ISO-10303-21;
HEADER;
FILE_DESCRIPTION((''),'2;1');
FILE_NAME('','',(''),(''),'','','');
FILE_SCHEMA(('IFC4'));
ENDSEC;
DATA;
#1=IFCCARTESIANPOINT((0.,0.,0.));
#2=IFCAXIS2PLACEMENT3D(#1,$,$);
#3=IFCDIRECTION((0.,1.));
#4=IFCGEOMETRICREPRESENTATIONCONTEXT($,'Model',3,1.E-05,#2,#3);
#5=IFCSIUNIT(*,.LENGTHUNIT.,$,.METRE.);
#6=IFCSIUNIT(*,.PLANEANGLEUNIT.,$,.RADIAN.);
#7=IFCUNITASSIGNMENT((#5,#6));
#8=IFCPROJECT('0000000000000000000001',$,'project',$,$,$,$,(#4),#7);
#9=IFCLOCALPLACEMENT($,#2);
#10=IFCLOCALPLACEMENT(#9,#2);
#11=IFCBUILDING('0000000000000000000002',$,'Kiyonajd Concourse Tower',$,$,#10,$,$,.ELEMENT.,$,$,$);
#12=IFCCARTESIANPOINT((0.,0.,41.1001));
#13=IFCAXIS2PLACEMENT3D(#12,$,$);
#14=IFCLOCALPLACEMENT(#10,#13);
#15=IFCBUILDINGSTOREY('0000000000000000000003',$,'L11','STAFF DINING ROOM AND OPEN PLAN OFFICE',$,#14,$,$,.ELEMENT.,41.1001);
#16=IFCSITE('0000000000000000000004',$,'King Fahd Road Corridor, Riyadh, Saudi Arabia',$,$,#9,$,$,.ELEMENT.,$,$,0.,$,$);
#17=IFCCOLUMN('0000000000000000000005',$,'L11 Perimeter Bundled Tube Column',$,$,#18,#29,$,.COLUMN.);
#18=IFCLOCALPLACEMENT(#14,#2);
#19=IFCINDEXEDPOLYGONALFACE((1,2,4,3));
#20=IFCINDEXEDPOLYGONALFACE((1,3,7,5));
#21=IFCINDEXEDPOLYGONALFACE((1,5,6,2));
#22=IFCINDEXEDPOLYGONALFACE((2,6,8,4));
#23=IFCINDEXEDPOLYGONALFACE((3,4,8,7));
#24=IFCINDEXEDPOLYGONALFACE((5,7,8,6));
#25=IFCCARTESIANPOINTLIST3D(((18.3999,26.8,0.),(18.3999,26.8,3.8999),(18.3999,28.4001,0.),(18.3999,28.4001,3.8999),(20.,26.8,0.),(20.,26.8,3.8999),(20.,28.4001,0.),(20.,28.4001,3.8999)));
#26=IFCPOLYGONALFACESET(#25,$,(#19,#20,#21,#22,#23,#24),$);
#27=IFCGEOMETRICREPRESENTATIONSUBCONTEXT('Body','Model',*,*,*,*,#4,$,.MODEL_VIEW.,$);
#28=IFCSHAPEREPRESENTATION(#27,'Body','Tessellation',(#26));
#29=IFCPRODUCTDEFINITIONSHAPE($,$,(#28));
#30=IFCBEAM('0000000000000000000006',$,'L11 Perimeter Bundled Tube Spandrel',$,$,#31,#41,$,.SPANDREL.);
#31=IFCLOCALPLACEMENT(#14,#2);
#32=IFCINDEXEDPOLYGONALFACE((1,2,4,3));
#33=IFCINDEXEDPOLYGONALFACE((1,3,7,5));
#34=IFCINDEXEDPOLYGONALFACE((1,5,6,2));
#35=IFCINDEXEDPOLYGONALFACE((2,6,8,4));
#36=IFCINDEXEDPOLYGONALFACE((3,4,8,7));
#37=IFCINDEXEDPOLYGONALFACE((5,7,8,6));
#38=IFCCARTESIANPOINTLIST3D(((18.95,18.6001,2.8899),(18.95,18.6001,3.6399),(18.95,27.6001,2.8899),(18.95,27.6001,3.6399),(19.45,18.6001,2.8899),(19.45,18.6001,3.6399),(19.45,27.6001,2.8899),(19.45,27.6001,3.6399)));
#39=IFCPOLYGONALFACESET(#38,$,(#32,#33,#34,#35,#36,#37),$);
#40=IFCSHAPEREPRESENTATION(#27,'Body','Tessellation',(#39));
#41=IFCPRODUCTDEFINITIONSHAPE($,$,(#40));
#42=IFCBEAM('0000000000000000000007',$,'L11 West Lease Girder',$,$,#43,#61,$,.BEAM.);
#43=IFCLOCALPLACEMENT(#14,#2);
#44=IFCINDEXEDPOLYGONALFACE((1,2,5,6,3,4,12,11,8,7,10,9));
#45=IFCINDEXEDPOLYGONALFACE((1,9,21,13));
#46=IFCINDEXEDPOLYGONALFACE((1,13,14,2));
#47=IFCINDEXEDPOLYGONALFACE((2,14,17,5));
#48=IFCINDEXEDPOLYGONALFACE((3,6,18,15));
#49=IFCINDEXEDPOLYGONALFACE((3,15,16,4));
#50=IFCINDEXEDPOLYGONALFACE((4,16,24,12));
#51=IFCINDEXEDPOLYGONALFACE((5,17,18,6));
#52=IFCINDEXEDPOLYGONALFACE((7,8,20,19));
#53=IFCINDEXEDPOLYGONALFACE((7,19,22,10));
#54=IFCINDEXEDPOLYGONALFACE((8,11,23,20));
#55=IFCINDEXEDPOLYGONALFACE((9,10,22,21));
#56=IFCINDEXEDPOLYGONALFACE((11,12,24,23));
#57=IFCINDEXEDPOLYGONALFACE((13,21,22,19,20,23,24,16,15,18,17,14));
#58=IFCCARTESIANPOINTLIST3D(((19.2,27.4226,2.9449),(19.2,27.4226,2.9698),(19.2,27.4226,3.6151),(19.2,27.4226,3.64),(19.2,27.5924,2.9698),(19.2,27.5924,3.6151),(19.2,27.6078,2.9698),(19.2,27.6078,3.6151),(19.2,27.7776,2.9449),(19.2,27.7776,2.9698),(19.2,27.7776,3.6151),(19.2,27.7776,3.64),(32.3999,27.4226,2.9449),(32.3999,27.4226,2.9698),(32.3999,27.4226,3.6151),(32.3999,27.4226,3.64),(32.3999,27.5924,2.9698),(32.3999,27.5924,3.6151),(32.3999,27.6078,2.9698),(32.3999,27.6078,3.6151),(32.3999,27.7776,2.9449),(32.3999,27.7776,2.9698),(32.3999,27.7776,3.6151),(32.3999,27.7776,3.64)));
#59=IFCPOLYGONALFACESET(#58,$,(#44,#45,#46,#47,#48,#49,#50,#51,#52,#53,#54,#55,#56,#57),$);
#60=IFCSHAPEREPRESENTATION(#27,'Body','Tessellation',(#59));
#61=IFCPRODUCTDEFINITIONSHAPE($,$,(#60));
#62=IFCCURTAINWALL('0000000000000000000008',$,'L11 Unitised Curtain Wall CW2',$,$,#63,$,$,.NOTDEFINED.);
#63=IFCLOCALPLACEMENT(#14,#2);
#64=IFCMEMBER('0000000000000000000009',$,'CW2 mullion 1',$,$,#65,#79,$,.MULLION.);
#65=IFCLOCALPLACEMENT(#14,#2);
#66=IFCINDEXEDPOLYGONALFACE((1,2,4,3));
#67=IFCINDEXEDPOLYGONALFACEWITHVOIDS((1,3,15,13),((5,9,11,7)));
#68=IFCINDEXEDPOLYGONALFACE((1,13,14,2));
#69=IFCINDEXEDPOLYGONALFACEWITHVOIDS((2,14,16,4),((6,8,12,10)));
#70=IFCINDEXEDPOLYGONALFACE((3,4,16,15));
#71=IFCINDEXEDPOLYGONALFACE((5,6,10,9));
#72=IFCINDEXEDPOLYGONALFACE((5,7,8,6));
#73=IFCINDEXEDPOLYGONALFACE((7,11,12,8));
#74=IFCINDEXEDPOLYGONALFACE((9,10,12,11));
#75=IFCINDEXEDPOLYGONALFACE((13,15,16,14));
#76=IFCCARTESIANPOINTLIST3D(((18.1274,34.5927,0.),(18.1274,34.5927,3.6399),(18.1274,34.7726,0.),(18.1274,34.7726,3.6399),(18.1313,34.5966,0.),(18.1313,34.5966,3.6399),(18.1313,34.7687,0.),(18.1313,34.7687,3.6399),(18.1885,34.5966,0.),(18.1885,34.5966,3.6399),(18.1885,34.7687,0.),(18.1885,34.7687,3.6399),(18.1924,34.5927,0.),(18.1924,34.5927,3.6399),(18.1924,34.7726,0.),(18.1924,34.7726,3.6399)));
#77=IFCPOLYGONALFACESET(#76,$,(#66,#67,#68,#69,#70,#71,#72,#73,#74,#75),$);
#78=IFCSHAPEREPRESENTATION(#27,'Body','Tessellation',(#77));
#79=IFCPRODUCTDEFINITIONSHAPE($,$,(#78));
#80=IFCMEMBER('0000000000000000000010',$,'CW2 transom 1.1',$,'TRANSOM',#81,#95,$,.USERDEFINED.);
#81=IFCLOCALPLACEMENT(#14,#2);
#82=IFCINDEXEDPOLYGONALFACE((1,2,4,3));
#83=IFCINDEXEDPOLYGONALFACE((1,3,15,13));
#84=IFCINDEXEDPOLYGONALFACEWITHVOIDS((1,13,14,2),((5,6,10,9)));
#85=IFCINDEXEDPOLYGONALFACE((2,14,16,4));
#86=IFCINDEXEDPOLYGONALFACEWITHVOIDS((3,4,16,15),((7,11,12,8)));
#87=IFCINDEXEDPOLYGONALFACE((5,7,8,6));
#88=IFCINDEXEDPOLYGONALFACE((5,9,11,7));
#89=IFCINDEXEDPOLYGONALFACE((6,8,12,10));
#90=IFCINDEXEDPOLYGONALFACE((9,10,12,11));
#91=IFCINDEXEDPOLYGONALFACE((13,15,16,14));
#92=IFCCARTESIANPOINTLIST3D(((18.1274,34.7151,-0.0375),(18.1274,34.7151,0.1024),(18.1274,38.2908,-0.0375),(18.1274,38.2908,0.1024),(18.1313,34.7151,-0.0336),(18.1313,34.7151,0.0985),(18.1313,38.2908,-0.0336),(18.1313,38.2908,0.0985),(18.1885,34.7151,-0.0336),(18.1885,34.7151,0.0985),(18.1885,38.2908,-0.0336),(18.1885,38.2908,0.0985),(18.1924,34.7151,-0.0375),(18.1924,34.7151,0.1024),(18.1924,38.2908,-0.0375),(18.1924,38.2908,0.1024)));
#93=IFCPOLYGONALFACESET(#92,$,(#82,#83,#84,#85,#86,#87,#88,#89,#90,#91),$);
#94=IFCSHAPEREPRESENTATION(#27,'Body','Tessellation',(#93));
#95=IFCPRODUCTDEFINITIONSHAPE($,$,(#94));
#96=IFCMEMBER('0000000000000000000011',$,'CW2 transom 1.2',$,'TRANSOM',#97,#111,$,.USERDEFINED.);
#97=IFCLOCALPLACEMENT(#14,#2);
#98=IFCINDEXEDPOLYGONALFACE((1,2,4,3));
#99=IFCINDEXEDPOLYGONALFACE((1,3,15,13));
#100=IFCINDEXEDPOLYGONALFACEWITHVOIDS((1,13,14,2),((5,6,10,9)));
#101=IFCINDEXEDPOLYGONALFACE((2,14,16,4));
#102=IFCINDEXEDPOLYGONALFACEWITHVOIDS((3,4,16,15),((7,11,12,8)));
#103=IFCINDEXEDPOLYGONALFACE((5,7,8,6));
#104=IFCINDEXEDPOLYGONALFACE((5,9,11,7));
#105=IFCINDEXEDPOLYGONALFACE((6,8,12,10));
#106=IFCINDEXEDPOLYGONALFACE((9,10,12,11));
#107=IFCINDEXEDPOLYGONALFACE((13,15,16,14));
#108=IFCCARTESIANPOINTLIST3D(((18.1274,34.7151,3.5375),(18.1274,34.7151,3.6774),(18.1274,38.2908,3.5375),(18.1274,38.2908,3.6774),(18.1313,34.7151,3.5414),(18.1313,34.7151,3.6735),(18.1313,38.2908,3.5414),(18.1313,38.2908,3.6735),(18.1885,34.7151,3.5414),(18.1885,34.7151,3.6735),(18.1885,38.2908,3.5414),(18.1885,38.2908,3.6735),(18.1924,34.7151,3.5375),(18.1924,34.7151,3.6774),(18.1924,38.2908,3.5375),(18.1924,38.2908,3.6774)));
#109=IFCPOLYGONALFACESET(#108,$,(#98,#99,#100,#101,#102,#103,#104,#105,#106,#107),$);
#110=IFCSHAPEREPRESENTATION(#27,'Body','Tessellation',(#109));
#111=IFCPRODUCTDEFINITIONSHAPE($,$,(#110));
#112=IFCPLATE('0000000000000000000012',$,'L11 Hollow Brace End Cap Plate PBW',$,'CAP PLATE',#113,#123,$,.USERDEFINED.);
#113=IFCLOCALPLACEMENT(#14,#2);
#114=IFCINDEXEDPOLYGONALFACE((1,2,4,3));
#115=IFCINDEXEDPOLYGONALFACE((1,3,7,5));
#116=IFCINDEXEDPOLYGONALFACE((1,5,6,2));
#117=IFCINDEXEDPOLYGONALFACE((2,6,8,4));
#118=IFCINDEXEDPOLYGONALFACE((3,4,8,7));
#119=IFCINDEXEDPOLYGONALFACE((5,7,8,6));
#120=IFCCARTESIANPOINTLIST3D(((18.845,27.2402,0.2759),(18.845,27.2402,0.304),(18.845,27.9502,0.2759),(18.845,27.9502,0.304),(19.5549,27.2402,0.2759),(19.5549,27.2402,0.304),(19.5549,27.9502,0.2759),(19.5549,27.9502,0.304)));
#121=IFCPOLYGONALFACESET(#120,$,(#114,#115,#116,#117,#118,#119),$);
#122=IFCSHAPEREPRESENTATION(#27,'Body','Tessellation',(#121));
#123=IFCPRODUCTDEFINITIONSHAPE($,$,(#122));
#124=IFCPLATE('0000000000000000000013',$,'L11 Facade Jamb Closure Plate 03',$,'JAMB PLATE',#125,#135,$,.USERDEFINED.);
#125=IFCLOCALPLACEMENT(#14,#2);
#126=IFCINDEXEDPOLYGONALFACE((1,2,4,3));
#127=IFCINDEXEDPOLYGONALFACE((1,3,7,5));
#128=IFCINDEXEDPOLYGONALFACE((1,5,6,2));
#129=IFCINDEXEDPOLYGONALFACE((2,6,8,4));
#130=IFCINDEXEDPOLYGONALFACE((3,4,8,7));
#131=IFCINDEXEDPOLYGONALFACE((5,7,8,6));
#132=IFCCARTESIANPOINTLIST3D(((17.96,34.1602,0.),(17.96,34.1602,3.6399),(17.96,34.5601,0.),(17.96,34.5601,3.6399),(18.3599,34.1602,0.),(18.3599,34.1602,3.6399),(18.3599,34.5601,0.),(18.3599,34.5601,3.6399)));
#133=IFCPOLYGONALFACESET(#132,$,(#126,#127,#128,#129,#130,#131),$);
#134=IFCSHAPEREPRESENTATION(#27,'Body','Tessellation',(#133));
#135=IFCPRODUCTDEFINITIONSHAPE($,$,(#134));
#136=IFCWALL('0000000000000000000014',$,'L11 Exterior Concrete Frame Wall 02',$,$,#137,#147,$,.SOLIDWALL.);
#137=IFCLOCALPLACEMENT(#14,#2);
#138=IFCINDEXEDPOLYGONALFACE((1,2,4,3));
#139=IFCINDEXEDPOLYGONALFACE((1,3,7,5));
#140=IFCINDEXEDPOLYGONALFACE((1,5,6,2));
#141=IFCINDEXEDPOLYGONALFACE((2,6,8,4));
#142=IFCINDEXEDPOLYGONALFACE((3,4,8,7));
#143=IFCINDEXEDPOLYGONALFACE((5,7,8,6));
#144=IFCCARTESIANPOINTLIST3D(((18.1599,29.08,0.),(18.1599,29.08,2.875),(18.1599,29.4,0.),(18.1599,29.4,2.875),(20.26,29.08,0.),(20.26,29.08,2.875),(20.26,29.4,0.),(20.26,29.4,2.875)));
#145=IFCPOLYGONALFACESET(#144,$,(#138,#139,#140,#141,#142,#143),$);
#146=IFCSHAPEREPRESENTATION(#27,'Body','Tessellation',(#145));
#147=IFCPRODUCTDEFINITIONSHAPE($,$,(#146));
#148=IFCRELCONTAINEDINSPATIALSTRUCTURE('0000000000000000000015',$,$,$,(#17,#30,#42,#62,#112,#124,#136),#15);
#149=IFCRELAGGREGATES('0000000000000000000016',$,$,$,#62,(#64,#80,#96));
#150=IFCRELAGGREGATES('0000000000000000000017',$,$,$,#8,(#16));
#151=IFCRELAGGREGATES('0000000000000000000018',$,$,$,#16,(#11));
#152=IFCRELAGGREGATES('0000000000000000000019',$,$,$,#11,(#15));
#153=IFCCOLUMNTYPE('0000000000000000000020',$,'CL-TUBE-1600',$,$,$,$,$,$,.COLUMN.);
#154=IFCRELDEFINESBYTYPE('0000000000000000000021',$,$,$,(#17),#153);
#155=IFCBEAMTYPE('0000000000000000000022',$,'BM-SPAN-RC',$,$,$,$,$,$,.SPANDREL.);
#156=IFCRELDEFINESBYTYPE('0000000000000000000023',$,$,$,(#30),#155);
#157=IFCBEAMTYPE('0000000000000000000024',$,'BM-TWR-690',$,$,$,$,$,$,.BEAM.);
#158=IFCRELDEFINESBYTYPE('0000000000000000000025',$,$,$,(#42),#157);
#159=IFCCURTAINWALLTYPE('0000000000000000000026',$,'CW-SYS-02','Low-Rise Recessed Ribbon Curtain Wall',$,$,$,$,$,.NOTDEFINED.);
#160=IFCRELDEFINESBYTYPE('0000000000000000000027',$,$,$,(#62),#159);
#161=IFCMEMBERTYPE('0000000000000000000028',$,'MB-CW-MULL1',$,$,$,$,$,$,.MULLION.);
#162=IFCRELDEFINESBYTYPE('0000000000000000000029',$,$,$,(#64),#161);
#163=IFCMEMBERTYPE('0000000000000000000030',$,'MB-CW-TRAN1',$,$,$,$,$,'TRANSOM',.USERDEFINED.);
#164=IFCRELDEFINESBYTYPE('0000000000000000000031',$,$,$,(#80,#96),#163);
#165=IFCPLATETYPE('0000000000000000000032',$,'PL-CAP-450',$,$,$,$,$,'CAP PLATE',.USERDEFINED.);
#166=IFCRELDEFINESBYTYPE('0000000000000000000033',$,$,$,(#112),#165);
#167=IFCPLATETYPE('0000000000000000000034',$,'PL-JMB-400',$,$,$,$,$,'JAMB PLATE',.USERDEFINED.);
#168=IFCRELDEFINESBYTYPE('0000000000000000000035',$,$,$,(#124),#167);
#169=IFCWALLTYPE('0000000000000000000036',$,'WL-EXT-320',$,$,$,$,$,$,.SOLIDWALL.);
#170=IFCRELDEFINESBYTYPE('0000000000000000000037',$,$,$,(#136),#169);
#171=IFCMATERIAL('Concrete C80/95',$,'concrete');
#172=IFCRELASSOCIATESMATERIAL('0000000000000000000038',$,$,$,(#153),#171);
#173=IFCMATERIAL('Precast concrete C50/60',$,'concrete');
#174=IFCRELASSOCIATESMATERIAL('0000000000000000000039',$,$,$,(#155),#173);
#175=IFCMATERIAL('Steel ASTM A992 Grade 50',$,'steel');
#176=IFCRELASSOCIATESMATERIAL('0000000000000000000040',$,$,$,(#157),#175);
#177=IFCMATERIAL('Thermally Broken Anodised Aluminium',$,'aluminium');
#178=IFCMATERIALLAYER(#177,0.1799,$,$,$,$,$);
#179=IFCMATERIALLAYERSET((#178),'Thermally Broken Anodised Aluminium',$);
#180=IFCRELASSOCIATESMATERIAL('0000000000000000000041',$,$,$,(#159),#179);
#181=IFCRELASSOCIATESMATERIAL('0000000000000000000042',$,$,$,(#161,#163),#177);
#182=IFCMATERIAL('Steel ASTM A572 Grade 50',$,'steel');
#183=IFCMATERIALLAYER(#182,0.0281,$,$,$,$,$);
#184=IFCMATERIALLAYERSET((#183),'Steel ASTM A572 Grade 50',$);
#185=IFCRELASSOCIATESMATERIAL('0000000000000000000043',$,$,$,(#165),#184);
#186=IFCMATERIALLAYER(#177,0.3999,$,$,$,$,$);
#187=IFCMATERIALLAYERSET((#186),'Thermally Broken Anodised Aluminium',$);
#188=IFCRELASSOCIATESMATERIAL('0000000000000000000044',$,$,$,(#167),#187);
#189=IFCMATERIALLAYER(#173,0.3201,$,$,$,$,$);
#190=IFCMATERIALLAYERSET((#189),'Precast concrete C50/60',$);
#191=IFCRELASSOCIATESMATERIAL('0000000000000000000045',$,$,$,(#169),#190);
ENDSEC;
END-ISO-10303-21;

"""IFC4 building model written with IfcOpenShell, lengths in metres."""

from ifc_helpers import new_model, si_unit, direction, frame, frame_2d, origin, origin_2d, place, context, subcontext, project, spatial, rectangle, hollow_rectangle, i_section, extrude, material, layer, layer_set, material_profile, profile_set, type_object, element, aggregate, save


model = new_model("IFC4")

# Units and contexts
model_context = context("Model", 3, precision=1e-05, world=origin(), true_north=direction((0.0, 1.0)))
body_context = subcontext(model_context, "Body", "Model", "MODEL_VIEW")
ifc_project = project(units=[si_unit("LENGTHUNIT", "METRE"), si_unit("PLANEANGLEUNIT", "RADIAN")], contexts=[model_context])

# Site, building, storey
site_placement = place(None, origin())
site = spatial("IfcSite", under=ifc_project, at=site_placement, Name="King Fahd Road Corridor, Riyadh, Saudi Arabia", CompositionType="ELEMENT", RefElevation=0.0)
building_placement = place(site_placement, origin())
building = spatial("IfcBuilding", under=site, at=building_placement, Name="Kiyonajd Concourse Tower", CompositionType="ELEMENT")
storey_placement = place(building_placement, frame((0.0, 0.0, 41.1001)))
storey = spatial("IfcBuildingStorey", under=building, at=storey_placement, Name="L11", Description="STAFF DINING ROOM AND OPEN PLAN OFFICE", CompositionType="ELEMENT", Elevation=41.1001)

# Column
ifc_material_1 = material(Name="Concrete C80/95", Category="concrete")
ifc_material_profile_1 = material_profile(ifc_material_1, rectangle(XDim=1.6001, YDim=1.6001, at=origin_2d()), Name="RC-1600x1600")
ifc_profile_set_1 = profile_set([ifc_material_profile_1], Name="Concrete C80/95")
column_type = type_object("IfcColumnType", Name="CL-TUBE-1600", PredefinedType="COLUMN", material=ifc_profile_set_1)
column_placement = place(storey_placement, frame((19.2, 27.6001, 0.0), z_axis=(0.0, 0.0, 1.0), x_axis=(1.0, 0.0, 0.0)))
element("IfcColumn", 1, at=column_placement, inside=storey, type_object=column_type, Name="L11 Perimeter Bundled Tube Column", PredefinedType="COLUMN", context=body_context, shape_type="SweptSolid", body=[
    extrude(rectangle(XDim=1.6001, YDim=1.6001, at=origin_2d()), origin(), (0.0, 0.0, 1.0), 3.8999),
])

# Beams
ifc_material_2 = material(Name="Precast concrete C50/60", Category="concrete")
ifc_material_profile_2 = material_profile(ifc_material_2, rectangle(XDim=0.5, YDim=0.75, at=origin_2d()), Name="RCBM-500x750")
ifc_profile_set_2 = profile_set([ifc_material_profile_2], Name="Precast concrete C50/60")
beam_type_1 = type_object("IfcBeamType", Name="BM-SPAN-RC", PredefinedType="SPANDREL", material=ifc_profile_set_2)
beam_1_placement = place(storey_placement, frame((19.2, 27.6001, 3.2649), z_axis=(0.0, -1.0, 0.0), x_axis=(1.0, 0.0, 0.0)))
element("IfcBeam", 2, at=beam_1_placement, inside=storey, type_object=beam_type_1, Name="L11 Perimeter Bundled Tube Spandrel", PredefinedType="SPANDREL", context=body_context, shape_type="SweptSolid", body=[
    extrude(rectangle(XDim=0.5, YDim=0.75, at=origin_2d()), origin(), (0.0, 0.0, 1.0), 9.0),
])
ifc_material_3 = material(Name="Steel ASTM A992 Grade 50", Category="steel")
ifc_material_profile_3 = material_profile(ifc_material_3, i_section(OverallWidth=0.355, OverallDepth=0.6951, WebThickness=0.0154, FlangeThickness=0.0249, at=origin_2d()), Name="W690X217")
ifc_profile_set_3 = profile_set([ifc_material_profile_3], Name="Steel ASTM A992 Grade 50")
beam_type_2 = type_object("IfcBeamType", Name="BM-TWR-690", PredefinedType="BEAM", material=ifc_profile_set_3)
beam_2_placement = place(storey_placement, frame((19.2, 27.6001, 3.2925), z_axis=(1.0, 0.0, 0.0), x_axis=(0.0, 1.0, 0.0)))
element("IfcBeam", 3, at=beam_2_placement, inside=storey, type_object=beam_type_2, Name="L11 West Lease Girder", PredefinedType="BEAM", context=body_context, shape_type="SweptSolid", body=[
    extrude(i_section(OverallWidth=0.355, OverallDepth=0.6951, WebThickness=0.0154, FlangeThickness=0.0249, at=origin_2d()), origin(), (0.0, 0.0, 1.0), 13.2),
])

# Curtain wall, members
ifc_material_4 = material(Name="Thermally Broken Anodised Aluminium", Category="aluminium")
ifc_layer_1 = layer(ifc_material_4, 0.1799)
ifc_layer_set_1 = layer_set([ifc_layer_1], Name="Thermally Broken Anodised Aluminium")
curtain_wall_type = type_object("IfcCurtainWallType", Name="CW-SYS-02", Description="Low-Rise Recessed Ribbon Curtain Wall", PredefinedType="NOTDEFINED", material=ifc_layer_set_1)
curtain_wall_placement = place(storey_placement, origin())
curtain_wall = element("IfcCurtainWall", 4, at=curtain_wall_placement, inside=storey, type_object=curtain_wall_type, Name="L11 Unitised Curtain Wall CW2", PredefinedType="NOTDEFINED")
ifc_material_profile_4 = material_profile(ifc_material_4, hollow_rectangle(XDim=0.0649, YDim=0.1799, WallThickness=0.0039, at=origin_2d()), Name="MULL-65x180")
ifc_profile_set_4 = profile_set([ifc_material_profile_4], Name="Thermally Broken Anodised Aluminium")
member_type_1 = type_object("IfcMemberType", Name="MB-CW-MULL1", PredefinedType="MULLION", material=ifc_profile_set_4)
member_1_placement = place(storey_placement, frame((18.1599, 34.6826, 0.0), z_axis=(0.0, 0.0, 1.0), x_axis=(-1.0, 0.0, 0.0)))
member_1 = element("IfcMember", 5, at=member_1_placement, type_object=member_type_1, Name="CW2 mullion 1", PredefinedType="MULLION", context=body_context, shape_type="SweptSolid", body=[
    extrude(hollow_rectangle(XDim=0.0649, YDim=0.1799, WallThickness=0.0039, at=origin_2d()), origin(), (0.0, 0.0, 1.0), 3.6399),
])
ifc_material_profile_5 = material_profile(ifc_material_4, hollow_rectangle(XDim=0.0649, YDim=0.1399, WallThickness=0.0039, at=origin_2d()), Name="TRAN-65x140")
ifc_profile_set_5 = profile_set([ifc_material_profile_5], Name="Thermally Broken Anodised Aluminium")
member_type_2 = type_object("IfcMemberType", Name="MB-CW-TRAN1", ElementType="TRANSOM", PredefinedType="USERDEFINED", material=ifc_profile_set_5)
member_2_placement = place(storey_placement, frame((18.1599, 34.7151, 0.0325), z_axis=(0.0, 1.0, 0.0), x_axis=(-1.0, 0.0, 0.0)))
member_2 = element("IfcMember", 6, at=member_2_placement, type_object=member_type_2, Name="CW2 transom 1.1", ObjectType="TRANSOM", PredefinedType="USERDEFINED", context=body_context, shape_type="SweptSolid", body=[
    extrude(hollow_rectangle(XDim=0.0649, YDim=0.1399, WallThickness=0.0039, at=origin_2d()), origin(), (0.0, 0.0, 1.0), 3.5757),
])
member_3_placement = place(storey_placement, frame((18.1599, 34.7151, 3.6074), z_axis=(0.0, 1.0, 0.0), x_axis=(-1.0, 0.0, 0.0)))
member_3 = element("IfcMember", 7, at=member_3_placement, type_object=member_type_2, Name="CW2 transom 1.2", ObjectType="TRANSOM", PredefinedType="USERDEFINED", context=body_context, shape_type="SweptSolid", body=[
    extrude(hollow_rectangle(XDim=0.0649, YDim=0.1399, WallThickness=0.0039, at=origin_2d()), origin(), (0.0, 0.0, 1.0), 3.5757),
])
aggregate(curtain_wall, [member_1, member_2, member_3])

# Plates
ifc_material_5 = material(Name="Steel ASTM A572 Grade 50", Category="steel")
ifc_layer_2 = layer(ifc_material_5, 0.0281)
ifc_layer_set_2 = layer_set([ifc_layer_2], Name="Steel ASTM A572 Grade 50")
plate_type_1 = type_object("IfcPlateType", Name="PL-CAP-450", ElementType="CAP PLATE", PredefinedType="USERDEFINED", material=ifc_layer_set_2)
plate_1_placement = place(storey_placement, frame((19.2, 27.5952, 0.2759), z_axis=(0.0, 0.0, 1.0), x_axis=(1.0, 0.0, 0.0)))
element("IfcPlate", 8, at=plate_1_placement, inside=storey, type_object=plate_type_1, Name="L11 Hollow Brace End Cap Plate PBW", ObjectType="CAP PLATE", PredefinedType="USERDEFINED", context=body_context, shape_type="SweptSolid", body=[
    extrude(rectangle(XDim=0.71, YDim=0.71, at=origin_2d()), origin(), (0.0, 0.0, 1.0), 0.0281),
])
ifc_layer_3 = layer(ifc_material_4, 0.3999)
ifc_layer_set_3 = layer_set([ifc_layer_3], Name="Thermally Broken Anodised Aluminium")
plate_type_2 = type_object("IfcPlateType", Name="PL-JMB-400", ElementType="JAMB PLATE", PredefinedType="USERDEFINED", material=ifc_layer_set_3)
plate_2_placement = place(storey_placement, frame((18.1599, 34.3601, 0.0), z_axis=(0.0, 0.0, 1.0), x_axis=(1.0, 0.0, 0.0)))
element("IfcPlate", 9, at=plate_2_placement, inside=storey, type_object=plate_type_2, Name="L11 Facade Jamb Closure Plate 03", ObjectType="JAMB PLATE", PredefinedType="USERDEFINED", context=body_context, shape_type="SweptSolid", body=[
    extrude(rectangle(XDim=0.3999, YDim=0.3999, at=origin_2d()), origin(), (0.0, 0.0, 1.0), 3.6399),
])

# Wall
ifc_layer_4 = layer(ifc_material_2, 0.3201)
ifc_layer_set_4 = layer_set([ifc_layer_4], Name="Precast concrete C50/60")
wall_type = type_object("IfcWallType", Name="WL-EXT-320", PredefinedType="SOLIDWALL", material=ifc_layer_set_4)
wall_placement = place(storey_placement, frame((18.1599, 29.24, 0.0), z_axis=(0.0, 0.0, 1.0), x_axis=(1.0, 0.0, 0.0)))
element("IfcWall", 10, at=wall_placement, inside=storey, type_object=wall_type, Name="L11 Exterior Concrete Frame Wall 02", PredefinedType="SOLIDWALL", context=body_context, shape_type="SweptSolid", body=[
    extrude(rectangle(XDim=2.1001, YDim=0.3201, at=frame_2d((1.05, 0.0))), origin(), (0.0, 0.0, 1.0), 2.875),
])

save(model, "model.ifc")
